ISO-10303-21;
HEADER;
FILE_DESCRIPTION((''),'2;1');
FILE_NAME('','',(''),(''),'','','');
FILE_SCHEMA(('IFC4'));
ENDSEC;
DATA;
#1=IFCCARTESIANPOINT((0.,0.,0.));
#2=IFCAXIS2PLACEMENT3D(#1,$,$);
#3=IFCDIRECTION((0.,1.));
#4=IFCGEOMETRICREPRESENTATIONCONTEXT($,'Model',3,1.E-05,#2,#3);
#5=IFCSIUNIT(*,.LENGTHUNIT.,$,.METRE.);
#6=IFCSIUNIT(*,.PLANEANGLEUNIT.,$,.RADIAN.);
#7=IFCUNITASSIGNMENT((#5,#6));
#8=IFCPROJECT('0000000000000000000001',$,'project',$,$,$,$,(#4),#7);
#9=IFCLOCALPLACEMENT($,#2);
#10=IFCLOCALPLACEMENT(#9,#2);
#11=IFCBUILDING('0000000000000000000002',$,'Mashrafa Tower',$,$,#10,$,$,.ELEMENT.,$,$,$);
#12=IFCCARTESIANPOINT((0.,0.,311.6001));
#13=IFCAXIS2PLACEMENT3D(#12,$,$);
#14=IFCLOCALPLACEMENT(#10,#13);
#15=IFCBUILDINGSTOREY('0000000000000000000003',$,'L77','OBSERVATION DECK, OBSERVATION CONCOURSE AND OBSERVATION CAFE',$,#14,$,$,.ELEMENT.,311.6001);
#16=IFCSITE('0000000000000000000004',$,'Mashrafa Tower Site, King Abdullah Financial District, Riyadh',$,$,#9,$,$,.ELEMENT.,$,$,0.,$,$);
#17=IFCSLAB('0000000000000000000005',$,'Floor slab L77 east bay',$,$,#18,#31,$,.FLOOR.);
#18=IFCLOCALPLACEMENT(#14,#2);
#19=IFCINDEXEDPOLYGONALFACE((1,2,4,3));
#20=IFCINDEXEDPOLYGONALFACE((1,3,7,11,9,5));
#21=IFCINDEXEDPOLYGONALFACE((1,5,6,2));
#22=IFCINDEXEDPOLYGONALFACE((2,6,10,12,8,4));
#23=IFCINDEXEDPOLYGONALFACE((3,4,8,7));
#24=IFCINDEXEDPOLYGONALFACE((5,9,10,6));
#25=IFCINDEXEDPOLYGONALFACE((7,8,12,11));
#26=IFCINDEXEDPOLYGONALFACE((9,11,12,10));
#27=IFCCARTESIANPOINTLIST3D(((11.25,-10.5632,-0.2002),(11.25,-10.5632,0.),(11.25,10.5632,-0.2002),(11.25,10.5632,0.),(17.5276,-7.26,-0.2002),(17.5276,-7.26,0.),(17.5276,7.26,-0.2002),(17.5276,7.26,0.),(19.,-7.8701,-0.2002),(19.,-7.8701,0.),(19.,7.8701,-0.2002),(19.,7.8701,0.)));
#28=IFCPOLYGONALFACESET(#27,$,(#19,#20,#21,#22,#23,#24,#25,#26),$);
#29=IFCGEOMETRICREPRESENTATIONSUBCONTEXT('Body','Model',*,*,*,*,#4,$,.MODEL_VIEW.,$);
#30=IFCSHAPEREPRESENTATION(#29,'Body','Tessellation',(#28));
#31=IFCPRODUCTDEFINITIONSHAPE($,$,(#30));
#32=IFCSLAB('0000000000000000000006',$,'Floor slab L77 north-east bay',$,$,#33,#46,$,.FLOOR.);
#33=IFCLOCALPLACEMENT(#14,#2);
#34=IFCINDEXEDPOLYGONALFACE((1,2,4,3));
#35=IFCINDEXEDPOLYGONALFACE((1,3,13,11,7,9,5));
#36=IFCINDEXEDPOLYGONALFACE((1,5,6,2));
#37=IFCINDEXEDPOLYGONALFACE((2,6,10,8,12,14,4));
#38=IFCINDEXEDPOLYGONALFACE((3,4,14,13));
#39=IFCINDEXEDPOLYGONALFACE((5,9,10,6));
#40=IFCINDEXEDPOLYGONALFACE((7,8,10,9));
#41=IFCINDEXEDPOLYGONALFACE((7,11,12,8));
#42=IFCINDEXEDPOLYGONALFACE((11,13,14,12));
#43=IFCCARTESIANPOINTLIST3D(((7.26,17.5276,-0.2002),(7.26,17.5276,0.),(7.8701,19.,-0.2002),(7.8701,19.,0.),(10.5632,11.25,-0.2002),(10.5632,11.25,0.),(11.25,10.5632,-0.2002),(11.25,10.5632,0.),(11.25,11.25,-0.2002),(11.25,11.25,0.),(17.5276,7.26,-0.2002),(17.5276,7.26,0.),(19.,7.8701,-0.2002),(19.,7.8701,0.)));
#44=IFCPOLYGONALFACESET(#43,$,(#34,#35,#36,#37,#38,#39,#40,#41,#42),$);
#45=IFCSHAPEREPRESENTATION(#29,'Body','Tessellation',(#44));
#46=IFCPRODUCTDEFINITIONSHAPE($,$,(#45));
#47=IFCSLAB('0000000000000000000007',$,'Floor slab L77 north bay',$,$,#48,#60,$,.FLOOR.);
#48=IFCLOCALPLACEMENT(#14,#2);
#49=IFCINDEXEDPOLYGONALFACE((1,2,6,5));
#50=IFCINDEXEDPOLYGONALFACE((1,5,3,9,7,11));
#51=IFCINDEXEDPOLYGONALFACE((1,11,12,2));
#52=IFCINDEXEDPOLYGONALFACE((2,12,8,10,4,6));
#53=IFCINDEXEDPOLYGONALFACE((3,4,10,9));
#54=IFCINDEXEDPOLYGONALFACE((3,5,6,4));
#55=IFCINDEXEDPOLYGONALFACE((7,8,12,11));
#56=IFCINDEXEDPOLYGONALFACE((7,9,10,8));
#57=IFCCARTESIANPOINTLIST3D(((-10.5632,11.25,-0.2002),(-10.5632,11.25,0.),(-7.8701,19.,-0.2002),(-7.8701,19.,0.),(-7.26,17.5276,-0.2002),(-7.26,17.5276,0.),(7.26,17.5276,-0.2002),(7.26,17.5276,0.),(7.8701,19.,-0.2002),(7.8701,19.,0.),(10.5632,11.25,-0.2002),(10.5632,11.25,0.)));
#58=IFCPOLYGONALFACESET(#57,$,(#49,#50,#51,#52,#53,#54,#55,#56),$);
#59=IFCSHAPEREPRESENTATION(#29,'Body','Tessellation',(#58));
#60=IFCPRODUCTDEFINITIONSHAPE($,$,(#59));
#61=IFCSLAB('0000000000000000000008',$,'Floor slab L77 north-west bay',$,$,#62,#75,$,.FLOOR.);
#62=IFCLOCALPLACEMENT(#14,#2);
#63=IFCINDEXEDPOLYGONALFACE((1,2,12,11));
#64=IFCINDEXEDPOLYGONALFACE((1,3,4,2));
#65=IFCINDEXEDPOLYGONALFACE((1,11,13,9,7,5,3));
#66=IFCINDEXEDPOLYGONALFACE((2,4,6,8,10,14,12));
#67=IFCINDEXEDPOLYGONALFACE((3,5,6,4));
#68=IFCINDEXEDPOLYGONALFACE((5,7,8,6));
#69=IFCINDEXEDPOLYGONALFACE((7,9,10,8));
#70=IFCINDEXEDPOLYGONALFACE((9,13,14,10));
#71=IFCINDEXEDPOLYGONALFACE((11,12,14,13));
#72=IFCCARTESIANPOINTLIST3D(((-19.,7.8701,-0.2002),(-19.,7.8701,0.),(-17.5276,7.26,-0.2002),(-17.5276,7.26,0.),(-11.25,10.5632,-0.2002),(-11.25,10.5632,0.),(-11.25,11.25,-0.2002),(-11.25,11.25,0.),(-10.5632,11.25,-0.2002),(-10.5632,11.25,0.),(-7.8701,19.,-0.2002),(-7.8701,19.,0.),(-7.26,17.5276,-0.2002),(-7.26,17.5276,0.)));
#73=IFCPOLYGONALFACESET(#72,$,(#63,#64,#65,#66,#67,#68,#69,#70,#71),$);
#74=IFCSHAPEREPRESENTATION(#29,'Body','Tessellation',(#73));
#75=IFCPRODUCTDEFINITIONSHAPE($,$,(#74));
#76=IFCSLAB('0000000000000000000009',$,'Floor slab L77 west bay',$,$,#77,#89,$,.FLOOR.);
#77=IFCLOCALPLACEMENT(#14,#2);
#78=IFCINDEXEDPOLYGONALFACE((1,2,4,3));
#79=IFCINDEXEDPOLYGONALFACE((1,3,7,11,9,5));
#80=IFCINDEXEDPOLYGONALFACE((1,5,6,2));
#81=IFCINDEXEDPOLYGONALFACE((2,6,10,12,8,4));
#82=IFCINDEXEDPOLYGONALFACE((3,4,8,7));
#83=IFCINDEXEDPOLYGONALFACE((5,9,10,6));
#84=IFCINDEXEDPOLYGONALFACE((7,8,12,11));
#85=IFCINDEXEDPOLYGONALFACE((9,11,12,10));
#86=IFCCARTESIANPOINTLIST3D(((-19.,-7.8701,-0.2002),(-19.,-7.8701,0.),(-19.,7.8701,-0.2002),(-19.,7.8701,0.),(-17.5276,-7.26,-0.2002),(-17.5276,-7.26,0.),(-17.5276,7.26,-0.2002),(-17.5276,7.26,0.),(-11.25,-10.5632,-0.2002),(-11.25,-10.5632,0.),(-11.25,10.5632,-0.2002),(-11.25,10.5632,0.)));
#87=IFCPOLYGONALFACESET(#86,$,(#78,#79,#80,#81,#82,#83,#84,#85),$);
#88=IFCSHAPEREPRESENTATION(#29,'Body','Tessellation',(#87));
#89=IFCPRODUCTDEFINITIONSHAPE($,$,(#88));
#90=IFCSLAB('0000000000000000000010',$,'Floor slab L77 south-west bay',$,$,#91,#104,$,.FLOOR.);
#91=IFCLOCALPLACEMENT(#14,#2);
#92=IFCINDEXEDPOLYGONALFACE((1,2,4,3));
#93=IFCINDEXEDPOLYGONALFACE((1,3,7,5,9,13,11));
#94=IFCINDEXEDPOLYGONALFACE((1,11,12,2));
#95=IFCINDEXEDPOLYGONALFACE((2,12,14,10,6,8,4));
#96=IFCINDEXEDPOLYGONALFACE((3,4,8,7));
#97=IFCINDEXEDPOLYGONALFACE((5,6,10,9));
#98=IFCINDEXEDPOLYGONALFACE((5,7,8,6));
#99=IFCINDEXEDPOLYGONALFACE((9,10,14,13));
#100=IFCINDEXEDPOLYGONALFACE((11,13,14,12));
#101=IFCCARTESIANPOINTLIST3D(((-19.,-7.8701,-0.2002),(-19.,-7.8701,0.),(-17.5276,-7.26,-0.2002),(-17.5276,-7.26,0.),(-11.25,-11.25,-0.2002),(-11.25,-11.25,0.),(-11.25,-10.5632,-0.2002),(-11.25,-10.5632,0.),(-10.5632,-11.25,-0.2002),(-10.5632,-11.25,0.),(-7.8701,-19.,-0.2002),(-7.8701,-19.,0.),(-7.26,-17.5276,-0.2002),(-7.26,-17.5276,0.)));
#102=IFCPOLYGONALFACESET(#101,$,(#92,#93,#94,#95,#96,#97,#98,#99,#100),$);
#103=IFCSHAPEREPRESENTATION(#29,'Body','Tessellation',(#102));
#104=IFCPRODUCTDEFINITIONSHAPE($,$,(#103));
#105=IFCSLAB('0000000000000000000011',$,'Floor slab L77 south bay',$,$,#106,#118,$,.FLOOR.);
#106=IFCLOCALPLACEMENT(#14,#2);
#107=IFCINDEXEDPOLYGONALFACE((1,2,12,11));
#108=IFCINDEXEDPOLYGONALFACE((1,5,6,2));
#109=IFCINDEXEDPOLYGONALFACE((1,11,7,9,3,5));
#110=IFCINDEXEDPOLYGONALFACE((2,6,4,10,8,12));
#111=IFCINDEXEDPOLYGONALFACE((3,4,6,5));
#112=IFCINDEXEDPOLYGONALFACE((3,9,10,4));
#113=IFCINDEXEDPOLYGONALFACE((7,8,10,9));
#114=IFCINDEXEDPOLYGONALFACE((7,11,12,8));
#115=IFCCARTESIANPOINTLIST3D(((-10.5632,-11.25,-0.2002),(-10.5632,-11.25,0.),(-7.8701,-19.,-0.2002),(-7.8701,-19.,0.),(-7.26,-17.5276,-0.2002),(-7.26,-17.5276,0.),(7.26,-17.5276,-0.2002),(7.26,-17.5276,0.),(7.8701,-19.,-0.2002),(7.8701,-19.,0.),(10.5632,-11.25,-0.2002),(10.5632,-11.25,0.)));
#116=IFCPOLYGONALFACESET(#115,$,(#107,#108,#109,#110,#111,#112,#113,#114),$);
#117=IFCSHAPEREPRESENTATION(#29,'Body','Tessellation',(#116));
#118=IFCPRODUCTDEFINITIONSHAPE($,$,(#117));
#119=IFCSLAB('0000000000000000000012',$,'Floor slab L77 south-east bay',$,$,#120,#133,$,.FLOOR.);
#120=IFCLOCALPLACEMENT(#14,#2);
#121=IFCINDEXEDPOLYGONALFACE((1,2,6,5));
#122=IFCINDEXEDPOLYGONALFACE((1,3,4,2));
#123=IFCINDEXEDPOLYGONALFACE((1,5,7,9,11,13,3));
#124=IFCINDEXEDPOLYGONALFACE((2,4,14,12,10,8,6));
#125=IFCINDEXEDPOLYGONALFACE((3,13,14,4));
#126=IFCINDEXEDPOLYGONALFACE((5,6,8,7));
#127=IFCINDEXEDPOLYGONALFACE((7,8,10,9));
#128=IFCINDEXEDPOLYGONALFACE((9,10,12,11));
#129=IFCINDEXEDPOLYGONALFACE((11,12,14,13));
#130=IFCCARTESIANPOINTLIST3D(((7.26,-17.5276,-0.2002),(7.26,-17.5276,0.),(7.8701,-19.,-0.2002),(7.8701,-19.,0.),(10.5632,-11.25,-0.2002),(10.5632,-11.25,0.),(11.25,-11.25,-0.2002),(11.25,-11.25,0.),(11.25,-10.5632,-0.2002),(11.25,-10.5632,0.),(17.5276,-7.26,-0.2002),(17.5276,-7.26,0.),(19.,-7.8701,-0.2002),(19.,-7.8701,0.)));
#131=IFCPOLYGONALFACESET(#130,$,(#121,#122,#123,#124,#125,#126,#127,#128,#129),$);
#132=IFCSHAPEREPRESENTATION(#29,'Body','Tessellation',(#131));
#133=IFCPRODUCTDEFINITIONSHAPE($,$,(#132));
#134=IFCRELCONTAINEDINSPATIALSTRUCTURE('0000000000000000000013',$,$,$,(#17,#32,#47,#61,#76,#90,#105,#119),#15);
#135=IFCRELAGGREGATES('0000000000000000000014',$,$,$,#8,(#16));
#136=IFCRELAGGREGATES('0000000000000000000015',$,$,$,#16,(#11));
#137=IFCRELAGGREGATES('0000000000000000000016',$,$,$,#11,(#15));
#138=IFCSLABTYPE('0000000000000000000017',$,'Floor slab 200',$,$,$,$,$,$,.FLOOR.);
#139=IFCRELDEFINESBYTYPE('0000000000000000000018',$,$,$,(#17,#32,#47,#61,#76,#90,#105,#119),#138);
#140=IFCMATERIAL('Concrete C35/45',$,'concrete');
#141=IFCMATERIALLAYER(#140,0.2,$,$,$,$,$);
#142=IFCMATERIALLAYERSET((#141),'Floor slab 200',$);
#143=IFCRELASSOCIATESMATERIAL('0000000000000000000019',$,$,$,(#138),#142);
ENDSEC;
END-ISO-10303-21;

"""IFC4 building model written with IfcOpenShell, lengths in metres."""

from ifc_helpers import new_model, si_unit, direction, frame, origin, place, context, subcontext, project, spatial, polyline, outline, extrude, material, layer, layer_set, type_object, element, save


model = new_model("IFC4")

# Units and contexts
model_context = context("Model", 3, precision=1e-05, world=origin(), true_north=direction((0.0, 1.0)))
body_context = subcontext(model_context, "Body", "Model", "MODEL_VIEW")
ifc_project = project(units=[si_unit("LENGTHUNIT", "METRE"), si_unit("PLANEANGLEUNIT", "RADIAN")], contexts=[model_context])

# Site, building, storey
site_placement = place(None, origin())
site = spatial("IfcSite", under=ifc_project, at=site_placement, Name="Mashrafa Tower Site, King Abdullah Financial District, Riyadh", CompositionType="ELEMENT", RefElevation=0.0)
building_placement = place(site_placement, origin())
building = spatial("IfcBuilding", under=site, at=building_placement, Name="Mashrafa Tower", CompositionType="ELEMENT")
storey_placement = place(building_placement, frame((0.0, 0.0, 311.6001)))
storey = spatial("IfcBuildingStorey", under=building, at=storey_placement, Name="L77", Description="OBSERVATION DECK, OBSERVATION CONCOURSE AND OBSERVATION CAFE", CompositionType="ELEMENT", Elevation=311.6001)

# Slabs
ifc_material_1 = material(Name="Concrete C35/45", Category="concrete")
ifc_layer_1 = layer(ifc_material_1, 0.2)
ifc_layer_set_1 = layer_set([ifc_layer_1], Name="Floor slab 200")
slab_type = type_object("IfcSlabType", Name="Floor slab 200", PredefinedType="FLOOR", material=ifc_layer_set_1)
slab_1_placement = place(storey_placement, frame((0.0, 0.0, -0.2002)))
element("IfcSlab", 1, at=slab_1_placement, inside=storey, type_object=slab_type, Name="Floor slab L77 east bay", PredefinedType="FLOOR", context=body_context, shape_type="SweptSolid", body=[
    extrude(outline(polyline([(19.0, -7.8701), (17.5276, -7.26), (11.25, -10.5632), (11.25, 10.5632), (17.5276, 7.26), (19.0, 7.8701), (19.0, -7.8701)])), origin(), (0.0, 0.0, 1.0), 0.2002),
])
slab_2_placement = place(storey_placement, frame((0.0, 0.0, -0.2002)))
element("IfcSlab", 2, at=slab_2_placement, inside=storey, type_object=slab_type, Name="Floor slab L77 north-east bay", PredefinedType="FLOOR", context=body_context, shape_type="SweptSolid", body=[
    extrude(outline(polyline([(7.8701, 19.0), (19.0, 7.8701), (19.0, 7.8701), (17.5276, 7.26), (11.25, 10.5632), (11.25, 11.25), (10.5632, 11.25), (7.26, 17.5276), (7.8701, 19.0), (7.8701, 19.0)])), origin(), (0.0, 0.0, 1.0), 0.2002),
])
slab_3_placement = place(storey_placement, frame((0.0, 0.0, -0.2002)))
element("IfcSlab", 3, at=slab_3_placement, inside=storey, type_object=slab_type, Name="Floor slab L77 north bay", PredefinedType="FLOOR", context=body_context, shape_type="SweptSolid", body=[
    extrude(outline(polyline([(7.8701, 19.0), (7.26, 17.5276), (10.5632, 11.25), (-10.5632, 11.25), (-7.26, 17.5276), (-7.8701, 19.0), (7.8701, 19.0)])), origin(), (0.0, 0.0, 1.0), 0.2002),
])
slab_4_placement = place(storey_placement, frame((0.0, 0.0, -0.2002)))
element("IfcSlab", 4, at=slab_4_placement, inside=storey, type_object=slab_type, Name="Floor slab L77 north-west bay", PredefinedType="FLOOR", context=body_context, shape_type="SweptSolid", body=[
    extrude(outline(polyline([(-19.0, 7.8701), (-7.8701, 19.0), (-7.8701, 19.0), (-7.26, 17.5276), (-10.5632, 11.25), (-11.25, 11.25), (-11.25, 10.5632), (-17.5276, 7.26), (-19.0, 7.8701), (-19.0, 7.8701)])), origin(), (0.0, 0.0, 1.0), 0.2002),
])
slab_5_placement = place(storey_placement, frame((0.0, 0.0, -0.2002)))
element("IfcSlab", 5, at=slab_5_placement, inside=storey, type_object=slab_type, Name="Floor slab L77 west bay", PredefinedType="FLOOR", context=body_context, shape_type="SweptSolid", body=[
    extrude(outline(polyline([(-19.0, 7.8701), (-17.5276, 7.26), (-11.25, 10.5632), (-11.25, -10.5632), (-17.5276, -7.26), (-19.0, -7.8701), (-19.0, 7.8701)])), origin(), (0.0, 0.0, 1.0), 0.2002),
])
slab_6_placement = place(storey_placement, frame((0.0, 0.0, -0.2002)))
element("IfcSlab", 6, at=slab_6_placement, inside=storey, type_object=slab_type, Name="Floor slab L77 south-west bay", PredefinedType="FLOOR", context=body_context, shape_type="SweptSolid", body=[
    extrude(outline(polyline([(-7.8701, -19.0), (-19.0, -7.8701), (-19.0, -7.8701), (-17.5276, -7.26), (-11.25, -10.5632), (-11.25, -11.25), (-10.5632, -11.25), (-7.26, -17.5276), (-7.8701, -19.0), (-7.8701, -19.0)])), origin(), (0.0, 0.0, 1.0), 0.2002),
])
slab_7_placement = place(storey_placement, frame((0.0, 0.0, -0.2002)))
element("IfcSlab", 7, at=slab_7_placement, inside=storey, type_object=slab_type, Name="Floor slab L77 south bay", PredefinedType="FLOOR", context=body_context, shape_type="SweptSolid", body=[
    extrude(outline(polyline([(-7.8701, -19.0), (-7.26, -17.5276), (-10.5632, -11.25), (10.5632, -11.25), (7.26, -17.5276), (7.8701, -19.0), (-7.8701, -19.0)])), origin(), (0.0, 0.0, 1.0), 0.2002),
])
slab_8_placement = place(storey_placement, frame((0.0, 0.0, -0.2002)))
element("IfcSlab", 8, at=slab_8_placement, inside=storey, type_object=slab_type, Name="Floor slab L77 south-east bay", PredefinedType="FLOOR", context=body_context, shape_type="SweptSolid", body=[
    extrude(outline(polyline([(7.8701, -19.0), (7.26, -17.5276), (10.5632, -11.25), (11.25, -11.25), (11.25, -10.5632), (17.5276, -7.26), (19.0, -7.8701), (19.0, -7.8701), (7.8701, -19.0), (7.8701, -19.0)])), origin(), (0.0, 0.0, 1.0), 0.2002),
])

save(model, "model.ifc")
